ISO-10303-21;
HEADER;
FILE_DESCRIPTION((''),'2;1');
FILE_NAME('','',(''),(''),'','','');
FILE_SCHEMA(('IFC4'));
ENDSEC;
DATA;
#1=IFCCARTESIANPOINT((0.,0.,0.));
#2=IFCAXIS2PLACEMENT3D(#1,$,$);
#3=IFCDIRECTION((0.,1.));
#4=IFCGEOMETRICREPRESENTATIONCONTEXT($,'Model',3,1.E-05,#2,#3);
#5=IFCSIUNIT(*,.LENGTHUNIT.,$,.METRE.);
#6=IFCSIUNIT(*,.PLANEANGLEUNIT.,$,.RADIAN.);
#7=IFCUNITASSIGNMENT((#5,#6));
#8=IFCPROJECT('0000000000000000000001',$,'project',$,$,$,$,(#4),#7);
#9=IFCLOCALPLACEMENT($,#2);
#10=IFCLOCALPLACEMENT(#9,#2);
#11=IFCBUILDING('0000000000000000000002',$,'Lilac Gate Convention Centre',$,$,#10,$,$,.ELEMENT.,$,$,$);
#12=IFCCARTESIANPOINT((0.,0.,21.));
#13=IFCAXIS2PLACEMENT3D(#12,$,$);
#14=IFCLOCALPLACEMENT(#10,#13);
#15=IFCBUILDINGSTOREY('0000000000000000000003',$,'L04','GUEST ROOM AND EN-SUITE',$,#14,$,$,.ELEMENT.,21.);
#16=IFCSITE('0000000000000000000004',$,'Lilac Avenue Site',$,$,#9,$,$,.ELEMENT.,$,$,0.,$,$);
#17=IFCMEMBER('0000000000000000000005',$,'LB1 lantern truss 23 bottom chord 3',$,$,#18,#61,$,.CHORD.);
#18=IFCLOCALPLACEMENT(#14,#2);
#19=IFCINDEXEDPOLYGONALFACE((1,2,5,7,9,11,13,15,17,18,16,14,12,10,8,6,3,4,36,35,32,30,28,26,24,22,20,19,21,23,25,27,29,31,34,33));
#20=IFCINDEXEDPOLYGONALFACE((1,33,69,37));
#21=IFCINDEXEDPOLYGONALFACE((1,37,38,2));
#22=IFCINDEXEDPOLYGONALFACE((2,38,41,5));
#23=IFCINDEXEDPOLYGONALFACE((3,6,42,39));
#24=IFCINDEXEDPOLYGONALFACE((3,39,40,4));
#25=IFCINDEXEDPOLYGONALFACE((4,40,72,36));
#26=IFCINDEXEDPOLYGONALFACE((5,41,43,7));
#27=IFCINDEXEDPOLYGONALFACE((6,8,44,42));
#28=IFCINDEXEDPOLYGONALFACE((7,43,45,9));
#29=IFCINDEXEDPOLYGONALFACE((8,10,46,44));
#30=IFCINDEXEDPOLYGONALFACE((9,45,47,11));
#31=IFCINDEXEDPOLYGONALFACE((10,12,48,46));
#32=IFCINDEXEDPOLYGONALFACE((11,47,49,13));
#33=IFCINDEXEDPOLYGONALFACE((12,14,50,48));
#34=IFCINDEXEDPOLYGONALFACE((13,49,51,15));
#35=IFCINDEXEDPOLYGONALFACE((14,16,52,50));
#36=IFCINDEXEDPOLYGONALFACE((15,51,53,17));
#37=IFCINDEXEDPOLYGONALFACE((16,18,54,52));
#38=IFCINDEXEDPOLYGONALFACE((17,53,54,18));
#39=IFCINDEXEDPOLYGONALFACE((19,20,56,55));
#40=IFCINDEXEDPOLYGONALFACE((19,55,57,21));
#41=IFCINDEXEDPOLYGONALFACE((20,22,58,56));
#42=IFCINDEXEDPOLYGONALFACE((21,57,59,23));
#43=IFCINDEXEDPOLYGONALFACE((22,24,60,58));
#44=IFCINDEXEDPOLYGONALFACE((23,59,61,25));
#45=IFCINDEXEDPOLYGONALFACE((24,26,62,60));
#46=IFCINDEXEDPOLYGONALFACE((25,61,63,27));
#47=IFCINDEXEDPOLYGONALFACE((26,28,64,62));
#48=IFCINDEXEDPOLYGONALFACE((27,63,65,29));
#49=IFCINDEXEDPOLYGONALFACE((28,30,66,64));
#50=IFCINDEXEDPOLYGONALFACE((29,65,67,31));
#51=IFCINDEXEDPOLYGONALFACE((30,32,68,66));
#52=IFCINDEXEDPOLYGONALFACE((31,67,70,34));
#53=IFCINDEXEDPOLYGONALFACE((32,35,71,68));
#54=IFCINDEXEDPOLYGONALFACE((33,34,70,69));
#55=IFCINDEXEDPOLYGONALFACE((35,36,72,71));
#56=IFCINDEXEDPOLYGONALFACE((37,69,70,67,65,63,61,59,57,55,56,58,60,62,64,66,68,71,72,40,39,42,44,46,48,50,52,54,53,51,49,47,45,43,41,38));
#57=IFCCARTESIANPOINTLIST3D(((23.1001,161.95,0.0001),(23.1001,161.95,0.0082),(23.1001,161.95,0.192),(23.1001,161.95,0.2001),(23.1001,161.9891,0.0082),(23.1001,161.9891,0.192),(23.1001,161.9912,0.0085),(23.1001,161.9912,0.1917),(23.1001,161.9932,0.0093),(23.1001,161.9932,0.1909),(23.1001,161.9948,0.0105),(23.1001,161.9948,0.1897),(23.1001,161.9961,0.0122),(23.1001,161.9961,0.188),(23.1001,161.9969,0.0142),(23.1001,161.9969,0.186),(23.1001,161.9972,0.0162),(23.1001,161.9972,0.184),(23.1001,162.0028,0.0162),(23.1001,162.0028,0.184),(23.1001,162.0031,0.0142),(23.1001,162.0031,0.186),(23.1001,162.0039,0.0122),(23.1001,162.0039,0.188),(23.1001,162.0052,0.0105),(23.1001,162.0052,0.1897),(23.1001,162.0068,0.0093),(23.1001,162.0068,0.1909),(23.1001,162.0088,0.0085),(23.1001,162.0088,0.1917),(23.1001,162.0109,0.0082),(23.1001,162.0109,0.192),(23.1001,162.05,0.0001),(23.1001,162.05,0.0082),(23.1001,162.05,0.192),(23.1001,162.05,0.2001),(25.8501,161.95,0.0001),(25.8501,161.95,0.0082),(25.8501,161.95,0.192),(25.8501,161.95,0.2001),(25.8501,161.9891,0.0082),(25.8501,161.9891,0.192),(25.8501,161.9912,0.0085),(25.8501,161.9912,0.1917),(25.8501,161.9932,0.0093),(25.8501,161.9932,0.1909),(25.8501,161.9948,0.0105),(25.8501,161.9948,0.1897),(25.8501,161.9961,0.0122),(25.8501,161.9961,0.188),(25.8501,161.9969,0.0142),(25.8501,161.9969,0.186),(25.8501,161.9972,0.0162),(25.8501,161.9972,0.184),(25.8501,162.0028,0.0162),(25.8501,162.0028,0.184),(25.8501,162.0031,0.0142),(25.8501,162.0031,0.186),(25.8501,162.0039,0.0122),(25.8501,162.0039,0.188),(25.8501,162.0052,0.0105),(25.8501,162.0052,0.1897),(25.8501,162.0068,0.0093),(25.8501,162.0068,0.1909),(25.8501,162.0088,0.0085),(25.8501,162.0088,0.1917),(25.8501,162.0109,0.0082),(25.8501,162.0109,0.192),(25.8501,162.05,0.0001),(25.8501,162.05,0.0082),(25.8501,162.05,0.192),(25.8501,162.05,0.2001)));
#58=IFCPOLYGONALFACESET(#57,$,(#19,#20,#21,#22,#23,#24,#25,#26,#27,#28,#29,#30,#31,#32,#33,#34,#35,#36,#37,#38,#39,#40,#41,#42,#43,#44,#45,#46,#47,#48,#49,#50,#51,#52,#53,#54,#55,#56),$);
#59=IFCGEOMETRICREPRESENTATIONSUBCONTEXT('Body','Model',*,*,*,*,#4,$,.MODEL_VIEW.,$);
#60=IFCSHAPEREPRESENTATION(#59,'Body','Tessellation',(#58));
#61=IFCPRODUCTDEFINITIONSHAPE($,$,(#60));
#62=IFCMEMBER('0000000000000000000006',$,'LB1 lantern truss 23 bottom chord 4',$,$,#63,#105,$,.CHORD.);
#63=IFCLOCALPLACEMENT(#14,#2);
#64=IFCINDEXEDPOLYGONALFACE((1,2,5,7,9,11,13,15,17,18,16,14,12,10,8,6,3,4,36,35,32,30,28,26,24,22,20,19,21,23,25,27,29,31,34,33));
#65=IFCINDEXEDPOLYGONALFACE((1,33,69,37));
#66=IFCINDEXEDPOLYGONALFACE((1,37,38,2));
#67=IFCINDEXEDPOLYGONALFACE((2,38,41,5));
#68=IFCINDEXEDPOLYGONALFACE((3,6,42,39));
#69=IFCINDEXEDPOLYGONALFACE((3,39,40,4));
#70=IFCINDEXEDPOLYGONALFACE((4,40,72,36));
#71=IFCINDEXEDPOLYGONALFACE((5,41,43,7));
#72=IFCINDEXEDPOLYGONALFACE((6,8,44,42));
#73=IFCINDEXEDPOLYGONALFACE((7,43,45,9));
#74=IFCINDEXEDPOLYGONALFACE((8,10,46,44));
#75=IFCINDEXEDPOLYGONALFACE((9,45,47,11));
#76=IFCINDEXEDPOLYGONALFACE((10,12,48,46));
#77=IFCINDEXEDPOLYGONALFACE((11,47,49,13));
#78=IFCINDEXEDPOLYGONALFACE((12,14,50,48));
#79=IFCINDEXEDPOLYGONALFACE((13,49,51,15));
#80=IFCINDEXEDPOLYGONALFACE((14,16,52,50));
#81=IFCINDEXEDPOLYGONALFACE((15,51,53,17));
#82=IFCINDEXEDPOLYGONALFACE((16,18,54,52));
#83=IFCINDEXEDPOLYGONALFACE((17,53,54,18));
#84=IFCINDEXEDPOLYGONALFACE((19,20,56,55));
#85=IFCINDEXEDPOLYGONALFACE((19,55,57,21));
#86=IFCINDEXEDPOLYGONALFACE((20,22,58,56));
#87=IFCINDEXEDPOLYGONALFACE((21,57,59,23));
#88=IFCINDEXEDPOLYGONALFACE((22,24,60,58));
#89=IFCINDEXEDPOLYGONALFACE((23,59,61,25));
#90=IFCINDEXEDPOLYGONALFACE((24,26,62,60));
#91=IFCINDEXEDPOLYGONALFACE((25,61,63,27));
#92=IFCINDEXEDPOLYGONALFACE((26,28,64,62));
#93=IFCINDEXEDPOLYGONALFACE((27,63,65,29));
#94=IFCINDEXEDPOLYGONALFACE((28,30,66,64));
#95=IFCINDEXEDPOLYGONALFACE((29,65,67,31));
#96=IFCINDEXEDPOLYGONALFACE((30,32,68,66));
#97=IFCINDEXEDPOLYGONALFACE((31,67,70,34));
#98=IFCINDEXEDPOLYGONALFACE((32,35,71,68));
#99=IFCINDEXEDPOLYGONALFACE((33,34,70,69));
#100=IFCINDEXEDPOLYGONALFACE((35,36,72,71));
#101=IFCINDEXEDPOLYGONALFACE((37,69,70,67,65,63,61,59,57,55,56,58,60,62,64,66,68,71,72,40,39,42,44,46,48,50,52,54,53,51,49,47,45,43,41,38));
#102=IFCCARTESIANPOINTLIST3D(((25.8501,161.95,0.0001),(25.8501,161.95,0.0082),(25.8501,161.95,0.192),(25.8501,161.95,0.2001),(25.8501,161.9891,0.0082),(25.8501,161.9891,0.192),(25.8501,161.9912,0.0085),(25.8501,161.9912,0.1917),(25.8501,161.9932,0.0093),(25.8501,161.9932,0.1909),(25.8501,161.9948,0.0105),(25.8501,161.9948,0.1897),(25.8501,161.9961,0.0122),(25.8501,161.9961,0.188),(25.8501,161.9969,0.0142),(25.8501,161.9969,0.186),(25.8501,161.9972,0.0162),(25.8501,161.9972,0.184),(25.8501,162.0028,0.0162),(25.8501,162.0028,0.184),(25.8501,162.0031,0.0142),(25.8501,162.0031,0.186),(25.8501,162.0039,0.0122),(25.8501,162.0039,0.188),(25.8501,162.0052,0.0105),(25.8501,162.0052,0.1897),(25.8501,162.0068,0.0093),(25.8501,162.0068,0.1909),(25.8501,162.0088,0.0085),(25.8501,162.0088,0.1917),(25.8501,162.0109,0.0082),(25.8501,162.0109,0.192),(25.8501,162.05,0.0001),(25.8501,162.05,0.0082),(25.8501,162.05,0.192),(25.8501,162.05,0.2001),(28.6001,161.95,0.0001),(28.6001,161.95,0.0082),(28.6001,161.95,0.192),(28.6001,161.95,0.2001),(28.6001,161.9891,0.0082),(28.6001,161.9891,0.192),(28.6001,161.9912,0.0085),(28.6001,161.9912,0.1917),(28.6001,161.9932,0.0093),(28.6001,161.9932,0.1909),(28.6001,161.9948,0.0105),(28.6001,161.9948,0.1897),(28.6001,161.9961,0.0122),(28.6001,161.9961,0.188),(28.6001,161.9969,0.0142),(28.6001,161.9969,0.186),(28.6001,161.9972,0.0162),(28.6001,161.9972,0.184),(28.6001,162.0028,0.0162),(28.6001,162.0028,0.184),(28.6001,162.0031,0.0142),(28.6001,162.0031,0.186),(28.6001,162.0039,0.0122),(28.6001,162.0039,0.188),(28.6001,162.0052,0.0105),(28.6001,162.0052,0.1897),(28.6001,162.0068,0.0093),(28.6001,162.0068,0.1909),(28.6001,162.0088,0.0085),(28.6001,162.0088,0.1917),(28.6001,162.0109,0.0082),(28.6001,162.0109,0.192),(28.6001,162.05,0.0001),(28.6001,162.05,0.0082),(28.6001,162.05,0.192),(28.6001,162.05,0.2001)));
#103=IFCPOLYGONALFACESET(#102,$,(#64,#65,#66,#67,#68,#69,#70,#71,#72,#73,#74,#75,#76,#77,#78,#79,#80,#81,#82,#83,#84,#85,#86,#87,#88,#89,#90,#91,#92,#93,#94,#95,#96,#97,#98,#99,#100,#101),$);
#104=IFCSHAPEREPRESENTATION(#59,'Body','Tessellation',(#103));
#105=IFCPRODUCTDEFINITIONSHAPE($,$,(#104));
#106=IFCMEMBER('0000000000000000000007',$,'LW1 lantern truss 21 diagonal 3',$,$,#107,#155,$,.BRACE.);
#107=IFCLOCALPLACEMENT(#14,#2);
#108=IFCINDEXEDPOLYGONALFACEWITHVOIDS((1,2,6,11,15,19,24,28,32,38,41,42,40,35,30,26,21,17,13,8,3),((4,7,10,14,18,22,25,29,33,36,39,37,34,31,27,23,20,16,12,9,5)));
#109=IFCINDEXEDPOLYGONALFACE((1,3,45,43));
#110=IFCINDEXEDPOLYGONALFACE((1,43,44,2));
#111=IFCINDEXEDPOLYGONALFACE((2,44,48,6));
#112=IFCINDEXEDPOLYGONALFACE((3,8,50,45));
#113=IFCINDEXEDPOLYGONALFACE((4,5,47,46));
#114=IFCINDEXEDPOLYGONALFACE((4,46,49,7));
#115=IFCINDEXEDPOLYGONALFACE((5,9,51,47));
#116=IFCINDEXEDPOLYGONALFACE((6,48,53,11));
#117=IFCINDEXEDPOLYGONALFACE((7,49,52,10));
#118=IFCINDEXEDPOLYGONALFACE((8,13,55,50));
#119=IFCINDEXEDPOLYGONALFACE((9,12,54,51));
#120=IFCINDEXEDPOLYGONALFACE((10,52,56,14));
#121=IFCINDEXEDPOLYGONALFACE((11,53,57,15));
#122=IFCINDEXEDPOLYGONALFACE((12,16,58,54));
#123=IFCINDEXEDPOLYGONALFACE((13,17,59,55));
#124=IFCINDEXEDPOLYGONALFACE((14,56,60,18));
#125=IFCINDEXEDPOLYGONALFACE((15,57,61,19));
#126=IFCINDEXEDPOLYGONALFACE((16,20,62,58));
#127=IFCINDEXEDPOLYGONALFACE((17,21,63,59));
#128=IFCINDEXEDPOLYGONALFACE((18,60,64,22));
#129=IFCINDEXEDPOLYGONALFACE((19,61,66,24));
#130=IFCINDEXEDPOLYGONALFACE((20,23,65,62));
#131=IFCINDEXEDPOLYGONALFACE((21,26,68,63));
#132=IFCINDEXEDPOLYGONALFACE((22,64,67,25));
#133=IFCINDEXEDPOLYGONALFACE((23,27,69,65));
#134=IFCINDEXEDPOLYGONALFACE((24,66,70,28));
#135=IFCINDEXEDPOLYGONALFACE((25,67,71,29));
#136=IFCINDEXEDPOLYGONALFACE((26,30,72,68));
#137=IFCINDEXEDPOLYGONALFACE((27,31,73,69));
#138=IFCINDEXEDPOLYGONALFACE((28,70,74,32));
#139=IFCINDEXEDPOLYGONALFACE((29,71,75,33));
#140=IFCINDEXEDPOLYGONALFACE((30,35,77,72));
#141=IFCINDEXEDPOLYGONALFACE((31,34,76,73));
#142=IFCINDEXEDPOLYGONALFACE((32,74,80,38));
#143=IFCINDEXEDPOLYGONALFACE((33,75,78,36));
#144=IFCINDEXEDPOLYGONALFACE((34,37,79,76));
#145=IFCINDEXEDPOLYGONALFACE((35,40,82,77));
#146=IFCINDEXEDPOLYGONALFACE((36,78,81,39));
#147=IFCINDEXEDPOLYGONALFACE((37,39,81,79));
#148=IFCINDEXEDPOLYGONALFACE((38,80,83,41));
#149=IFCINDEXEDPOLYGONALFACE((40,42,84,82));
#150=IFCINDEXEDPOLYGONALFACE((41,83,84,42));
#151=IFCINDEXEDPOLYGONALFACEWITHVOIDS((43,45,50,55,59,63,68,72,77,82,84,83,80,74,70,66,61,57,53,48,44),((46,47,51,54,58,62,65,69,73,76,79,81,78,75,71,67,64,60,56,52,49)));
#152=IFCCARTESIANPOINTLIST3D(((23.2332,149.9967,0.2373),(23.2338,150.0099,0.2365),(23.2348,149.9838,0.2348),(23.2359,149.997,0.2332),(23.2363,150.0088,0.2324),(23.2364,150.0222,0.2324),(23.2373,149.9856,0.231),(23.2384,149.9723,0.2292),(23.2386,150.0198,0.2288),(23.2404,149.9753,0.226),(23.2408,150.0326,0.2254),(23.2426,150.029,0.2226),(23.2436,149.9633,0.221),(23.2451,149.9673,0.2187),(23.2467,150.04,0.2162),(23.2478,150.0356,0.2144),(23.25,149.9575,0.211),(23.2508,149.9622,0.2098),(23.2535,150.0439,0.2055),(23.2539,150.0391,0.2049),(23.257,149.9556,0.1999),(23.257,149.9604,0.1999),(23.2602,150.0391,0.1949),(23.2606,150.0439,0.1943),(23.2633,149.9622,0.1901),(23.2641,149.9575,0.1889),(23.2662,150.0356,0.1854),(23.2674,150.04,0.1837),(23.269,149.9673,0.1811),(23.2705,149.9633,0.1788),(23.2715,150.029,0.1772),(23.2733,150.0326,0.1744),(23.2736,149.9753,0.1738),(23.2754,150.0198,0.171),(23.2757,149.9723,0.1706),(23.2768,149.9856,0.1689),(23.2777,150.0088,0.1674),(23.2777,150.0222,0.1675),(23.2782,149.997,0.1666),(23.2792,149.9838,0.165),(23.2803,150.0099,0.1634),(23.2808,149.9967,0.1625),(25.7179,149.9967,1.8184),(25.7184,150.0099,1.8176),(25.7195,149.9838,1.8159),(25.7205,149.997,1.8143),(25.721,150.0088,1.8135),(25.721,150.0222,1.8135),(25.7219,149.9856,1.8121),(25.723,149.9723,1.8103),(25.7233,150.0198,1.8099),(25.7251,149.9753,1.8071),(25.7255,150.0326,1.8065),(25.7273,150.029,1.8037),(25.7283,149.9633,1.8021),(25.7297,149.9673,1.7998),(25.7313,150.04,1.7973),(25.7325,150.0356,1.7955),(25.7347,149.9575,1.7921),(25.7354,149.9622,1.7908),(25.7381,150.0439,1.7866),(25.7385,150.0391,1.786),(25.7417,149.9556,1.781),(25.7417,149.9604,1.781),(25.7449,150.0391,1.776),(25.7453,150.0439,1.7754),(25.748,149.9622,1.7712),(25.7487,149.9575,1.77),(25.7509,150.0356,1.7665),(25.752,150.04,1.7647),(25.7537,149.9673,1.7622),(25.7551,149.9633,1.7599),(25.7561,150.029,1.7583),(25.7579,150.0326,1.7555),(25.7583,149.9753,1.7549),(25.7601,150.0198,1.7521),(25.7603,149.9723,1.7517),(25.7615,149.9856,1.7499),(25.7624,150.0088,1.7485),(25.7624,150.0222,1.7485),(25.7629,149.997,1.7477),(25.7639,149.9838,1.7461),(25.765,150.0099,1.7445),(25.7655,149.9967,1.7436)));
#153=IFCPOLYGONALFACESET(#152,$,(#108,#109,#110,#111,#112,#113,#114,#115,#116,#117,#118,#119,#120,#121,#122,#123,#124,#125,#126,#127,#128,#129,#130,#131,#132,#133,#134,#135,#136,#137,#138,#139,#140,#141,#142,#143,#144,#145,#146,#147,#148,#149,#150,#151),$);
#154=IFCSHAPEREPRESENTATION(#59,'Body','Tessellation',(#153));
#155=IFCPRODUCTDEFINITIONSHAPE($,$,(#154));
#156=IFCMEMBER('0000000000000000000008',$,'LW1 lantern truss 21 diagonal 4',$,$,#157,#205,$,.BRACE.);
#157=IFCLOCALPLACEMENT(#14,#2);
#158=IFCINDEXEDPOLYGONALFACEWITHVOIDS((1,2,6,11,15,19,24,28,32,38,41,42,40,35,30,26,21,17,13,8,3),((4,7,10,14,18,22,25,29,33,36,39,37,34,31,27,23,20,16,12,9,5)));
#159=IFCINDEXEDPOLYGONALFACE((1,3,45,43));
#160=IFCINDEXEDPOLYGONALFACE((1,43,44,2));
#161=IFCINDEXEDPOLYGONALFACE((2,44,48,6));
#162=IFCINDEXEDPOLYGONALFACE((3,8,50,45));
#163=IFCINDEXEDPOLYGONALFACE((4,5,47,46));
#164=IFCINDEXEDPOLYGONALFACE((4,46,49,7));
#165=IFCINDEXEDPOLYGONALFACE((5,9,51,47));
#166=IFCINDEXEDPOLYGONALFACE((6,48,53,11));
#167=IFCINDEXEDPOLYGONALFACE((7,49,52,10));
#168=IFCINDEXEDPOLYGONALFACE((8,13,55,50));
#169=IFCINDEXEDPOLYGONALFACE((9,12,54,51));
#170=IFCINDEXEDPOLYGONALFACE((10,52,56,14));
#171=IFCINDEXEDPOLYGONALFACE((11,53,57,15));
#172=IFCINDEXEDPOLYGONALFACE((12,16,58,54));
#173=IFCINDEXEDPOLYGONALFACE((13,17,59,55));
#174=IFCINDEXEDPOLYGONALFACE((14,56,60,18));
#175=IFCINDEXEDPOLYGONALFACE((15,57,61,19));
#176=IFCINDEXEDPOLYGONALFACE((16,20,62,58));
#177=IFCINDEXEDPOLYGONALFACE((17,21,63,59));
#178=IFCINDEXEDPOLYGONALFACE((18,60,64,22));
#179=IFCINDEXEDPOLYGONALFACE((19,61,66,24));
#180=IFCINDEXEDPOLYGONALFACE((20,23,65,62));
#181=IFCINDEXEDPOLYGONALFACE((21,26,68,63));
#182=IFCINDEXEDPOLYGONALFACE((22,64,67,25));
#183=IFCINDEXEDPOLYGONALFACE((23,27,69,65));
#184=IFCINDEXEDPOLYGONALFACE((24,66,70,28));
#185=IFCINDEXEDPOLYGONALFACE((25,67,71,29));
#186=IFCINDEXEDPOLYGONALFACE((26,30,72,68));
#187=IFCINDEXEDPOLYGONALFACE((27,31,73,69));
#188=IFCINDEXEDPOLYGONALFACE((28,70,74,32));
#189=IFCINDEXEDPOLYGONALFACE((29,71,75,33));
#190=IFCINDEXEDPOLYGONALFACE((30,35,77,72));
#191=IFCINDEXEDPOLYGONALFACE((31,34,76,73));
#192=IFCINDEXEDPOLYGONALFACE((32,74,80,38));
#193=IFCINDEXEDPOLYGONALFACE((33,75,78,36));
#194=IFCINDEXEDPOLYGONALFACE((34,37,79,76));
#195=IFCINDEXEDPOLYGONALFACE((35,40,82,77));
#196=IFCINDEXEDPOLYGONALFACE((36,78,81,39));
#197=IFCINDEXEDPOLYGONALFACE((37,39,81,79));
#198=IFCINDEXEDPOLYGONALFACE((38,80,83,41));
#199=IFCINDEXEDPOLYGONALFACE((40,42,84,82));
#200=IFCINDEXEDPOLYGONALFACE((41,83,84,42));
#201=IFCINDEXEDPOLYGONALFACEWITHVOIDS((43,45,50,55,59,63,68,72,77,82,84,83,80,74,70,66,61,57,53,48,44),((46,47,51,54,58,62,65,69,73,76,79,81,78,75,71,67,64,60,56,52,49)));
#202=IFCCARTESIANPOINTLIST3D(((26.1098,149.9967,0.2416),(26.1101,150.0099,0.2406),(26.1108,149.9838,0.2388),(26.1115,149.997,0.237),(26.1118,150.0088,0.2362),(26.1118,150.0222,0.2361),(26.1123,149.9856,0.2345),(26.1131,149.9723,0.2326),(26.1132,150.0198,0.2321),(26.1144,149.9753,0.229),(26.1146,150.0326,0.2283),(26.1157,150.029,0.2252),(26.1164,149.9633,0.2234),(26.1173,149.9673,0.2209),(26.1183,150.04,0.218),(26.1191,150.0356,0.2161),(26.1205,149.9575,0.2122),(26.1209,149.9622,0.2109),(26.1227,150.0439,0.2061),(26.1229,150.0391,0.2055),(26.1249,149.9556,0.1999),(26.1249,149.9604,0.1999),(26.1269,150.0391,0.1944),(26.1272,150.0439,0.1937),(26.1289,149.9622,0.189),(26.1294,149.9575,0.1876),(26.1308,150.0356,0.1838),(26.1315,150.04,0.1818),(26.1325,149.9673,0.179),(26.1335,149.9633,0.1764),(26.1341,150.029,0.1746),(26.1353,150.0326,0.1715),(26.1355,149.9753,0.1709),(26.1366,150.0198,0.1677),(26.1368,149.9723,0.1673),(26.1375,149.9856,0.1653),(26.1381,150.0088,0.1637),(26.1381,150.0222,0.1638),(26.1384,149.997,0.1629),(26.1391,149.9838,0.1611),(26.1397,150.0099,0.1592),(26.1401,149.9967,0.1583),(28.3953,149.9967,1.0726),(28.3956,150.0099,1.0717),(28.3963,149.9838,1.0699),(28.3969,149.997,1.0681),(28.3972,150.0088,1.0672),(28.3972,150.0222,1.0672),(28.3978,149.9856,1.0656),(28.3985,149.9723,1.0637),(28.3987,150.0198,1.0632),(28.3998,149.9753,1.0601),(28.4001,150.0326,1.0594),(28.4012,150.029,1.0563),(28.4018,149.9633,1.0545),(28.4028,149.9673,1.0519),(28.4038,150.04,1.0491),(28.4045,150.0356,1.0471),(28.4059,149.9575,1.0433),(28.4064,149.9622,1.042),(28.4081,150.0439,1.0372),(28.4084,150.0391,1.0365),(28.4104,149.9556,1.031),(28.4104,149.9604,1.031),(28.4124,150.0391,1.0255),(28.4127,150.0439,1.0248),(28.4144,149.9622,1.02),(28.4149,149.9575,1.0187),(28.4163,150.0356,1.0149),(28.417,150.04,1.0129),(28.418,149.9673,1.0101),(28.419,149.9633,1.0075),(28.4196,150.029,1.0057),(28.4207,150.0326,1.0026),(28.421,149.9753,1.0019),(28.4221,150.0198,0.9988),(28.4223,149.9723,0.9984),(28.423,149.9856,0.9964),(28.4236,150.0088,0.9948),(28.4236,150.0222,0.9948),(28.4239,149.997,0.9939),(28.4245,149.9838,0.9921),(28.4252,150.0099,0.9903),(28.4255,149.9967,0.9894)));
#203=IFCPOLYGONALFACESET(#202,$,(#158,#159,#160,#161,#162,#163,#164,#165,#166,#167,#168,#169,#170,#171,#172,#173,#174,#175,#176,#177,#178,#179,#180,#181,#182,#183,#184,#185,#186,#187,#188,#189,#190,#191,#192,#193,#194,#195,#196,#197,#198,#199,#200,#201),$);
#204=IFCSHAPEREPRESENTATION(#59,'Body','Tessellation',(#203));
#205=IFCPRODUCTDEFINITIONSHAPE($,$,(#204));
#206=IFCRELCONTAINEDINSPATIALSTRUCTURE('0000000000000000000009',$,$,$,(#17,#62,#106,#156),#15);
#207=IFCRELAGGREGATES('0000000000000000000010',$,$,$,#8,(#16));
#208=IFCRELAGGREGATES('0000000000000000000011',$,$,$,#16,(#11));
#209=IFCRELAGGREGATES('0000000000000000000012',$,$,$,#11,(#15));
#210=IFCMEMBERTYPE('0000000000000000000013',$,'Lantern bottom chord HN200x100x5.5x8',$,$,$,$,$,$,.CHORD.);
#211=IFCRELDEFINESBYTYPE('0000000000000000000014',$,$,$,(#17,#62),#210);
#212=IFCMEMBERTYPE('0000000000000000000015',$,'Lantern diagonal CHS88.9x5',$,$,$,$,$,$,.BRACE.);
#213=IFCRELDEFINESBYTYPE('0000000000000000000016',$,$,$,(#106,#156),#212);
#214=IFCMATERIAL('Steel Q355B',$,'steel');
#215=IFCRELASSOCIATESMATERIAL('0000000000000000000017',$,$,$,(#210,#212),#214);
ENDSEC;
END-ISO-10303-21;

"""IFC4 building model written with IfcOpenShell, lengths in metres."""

from ifc_helpers import new_model, si_unit, direction, frame, origin, origin_2d, place, context, subcontext, project, spatial, hollow_circle, i_section, extrude, material, material_profile, profile_set, type_object, element, save


model = new_model("IFC4")

# Units and contexts
model_context = context("Model", 3, precision=1e-05, world=origin(), true_north=direction((0.0, 1.0)))
body_context = subcontext(model_context, "Body", "Model", "MODEL_VIEW")
ifc_project = project(units=[si_unit("LENGTHUNIT", "METRE"), si_unit("PLANEANGLEUNIT", "RADIAN")], contexts=[model_context])

# Site, building, storey
site_placement = place(None, origin())
site = spatial("IfcSite", under=ifc_project, at=site_placement, Name="Lilac Avenue Site", CompositionType="ELEMENT", RefElevation=0.0)
building_placement = place(site_placement, origin())
building = spatial("IfcBuilding", under=site, at=building_placement, Name="Lilac Gate Convention Centre", CompositionType="ELEMENT")
storey_placement = place(building_placement, frame((0.0, 0.0, 21.0)))
storey = spatial("IfcBuildingStorey", under=building, at=storey_placement, Name="L04", Description="GUEST ROOM AND EN-SUITE", CompositionType="ELEMENT", Elevation=21.0)

# Members
ifc_material_1 = material(Name="Steel Q355B", Category="steel")
ifc_material_profile_1 = material_profile(ifc_material_1, i_section(OverallWidth=0.1001, OverallDepth=0.2, WebThickness=0.0056, FlangeThickness=0.0081, FilletRadius=0.0081, at=origin_2d()), Name="HN200x100x5.5x8")
ifc_profile_set_1 = profile_set([ifc_material_profile_1], Name="Steel Q355B")
member_type_1 = type_object("IfcMemberType", Name="Lantern bottom chord HN200x100x5.5x8", PredefinedType="CHORD", material=ifc_profile_set_1)
for number, where, z_axis, x_axis, name in (
    (1, (23.1001, 162.0, 0.1001), (1.0, 0.0, 0.0), (0.0, 1.0, 0.0), "LB1 lantern truss 23 bottom chord 3"),
    (2, (25.8501, 162.0, 0.1001), (1.0, 0.0, 0.0), (0.0, 1.0, 0.0), "LB1 lantern truss 23 bottom chord 4"),
):
    element("IfcMember", number, at=place(storey_placement, frame(where, z_axis=z_axis, x_axis=x_axis)), inside=storey, type_object=member_type_1, Name=name, PredefinedType="CHORD", context=body_context, shape_type="SweptSolid", body=[
        extrude(i_section(OverallWidth=0.1001, OverallDepth=0.2, WebThickness=0.0056, FlangeThickness=0.0081, FilletRadius=0.0081, at=origin_2d()), origin(), (0.0, 0.0, 1.0), 2.75),
    ])
ifc_material_profile_2 = material_profile(ifc_material_1, hollow_circle(Radius=0.0444, WallThickness=0.0049, at=origin_2d()), Name="CHS88.9x5")
ifc_profile_set_2 = profile_set([ifc_material_profile_2], Name="Steel Q355B")
member_type_2 = type_object("IfcMemberType", Name="Lantern diagonal CHS88.9x5", PredefinedType="BRACE", material=ifc_profile_set_2)
member_1_placement = place(storey_placement, frame((25.7417, 150.0, 1.781), z_axis=(-0.843672, 0.0, -0.536859), x_axis=(0.0, -1.0, 0.0)))
element("IfcMember", 3, at=member_1_placement, inside=storey, type_object=member_type_2, Name="LW1 lantern truss 21 diagonal 3", PredefinedType="BRACE", context=body_context, shape_type="SweptSolid", body=[
    extrude(hollow_circle(Radius=0.0444, WallThickness=0.0049, at=origin_2d()), origin(), (0.0, 0.0, 1.0), 2.9451),
])
member_2_placement = place(storey_placement, frame((28.4104, 150.0, 1.031), z_axis=(-0.939793, 0.0, -0.341743), x_axis=(0.0, -1.0, 0.0)))
element("IfcMember", 4, at=member_2_placement, inside=storey, type_object=member_type_2, Name="LW1 lantern truss 21 diagonal 4", PredefinedType="BRACE", context=body_context, shape_type="SweptSolid", body=[
    extrude(hollow_circle(Radius=0.0444, WallThickness=0.0049, at=origin_2d()), origin(), (0.0, 0.0, 1.0), 2.4319),
])

save(model, "model.ifc")
